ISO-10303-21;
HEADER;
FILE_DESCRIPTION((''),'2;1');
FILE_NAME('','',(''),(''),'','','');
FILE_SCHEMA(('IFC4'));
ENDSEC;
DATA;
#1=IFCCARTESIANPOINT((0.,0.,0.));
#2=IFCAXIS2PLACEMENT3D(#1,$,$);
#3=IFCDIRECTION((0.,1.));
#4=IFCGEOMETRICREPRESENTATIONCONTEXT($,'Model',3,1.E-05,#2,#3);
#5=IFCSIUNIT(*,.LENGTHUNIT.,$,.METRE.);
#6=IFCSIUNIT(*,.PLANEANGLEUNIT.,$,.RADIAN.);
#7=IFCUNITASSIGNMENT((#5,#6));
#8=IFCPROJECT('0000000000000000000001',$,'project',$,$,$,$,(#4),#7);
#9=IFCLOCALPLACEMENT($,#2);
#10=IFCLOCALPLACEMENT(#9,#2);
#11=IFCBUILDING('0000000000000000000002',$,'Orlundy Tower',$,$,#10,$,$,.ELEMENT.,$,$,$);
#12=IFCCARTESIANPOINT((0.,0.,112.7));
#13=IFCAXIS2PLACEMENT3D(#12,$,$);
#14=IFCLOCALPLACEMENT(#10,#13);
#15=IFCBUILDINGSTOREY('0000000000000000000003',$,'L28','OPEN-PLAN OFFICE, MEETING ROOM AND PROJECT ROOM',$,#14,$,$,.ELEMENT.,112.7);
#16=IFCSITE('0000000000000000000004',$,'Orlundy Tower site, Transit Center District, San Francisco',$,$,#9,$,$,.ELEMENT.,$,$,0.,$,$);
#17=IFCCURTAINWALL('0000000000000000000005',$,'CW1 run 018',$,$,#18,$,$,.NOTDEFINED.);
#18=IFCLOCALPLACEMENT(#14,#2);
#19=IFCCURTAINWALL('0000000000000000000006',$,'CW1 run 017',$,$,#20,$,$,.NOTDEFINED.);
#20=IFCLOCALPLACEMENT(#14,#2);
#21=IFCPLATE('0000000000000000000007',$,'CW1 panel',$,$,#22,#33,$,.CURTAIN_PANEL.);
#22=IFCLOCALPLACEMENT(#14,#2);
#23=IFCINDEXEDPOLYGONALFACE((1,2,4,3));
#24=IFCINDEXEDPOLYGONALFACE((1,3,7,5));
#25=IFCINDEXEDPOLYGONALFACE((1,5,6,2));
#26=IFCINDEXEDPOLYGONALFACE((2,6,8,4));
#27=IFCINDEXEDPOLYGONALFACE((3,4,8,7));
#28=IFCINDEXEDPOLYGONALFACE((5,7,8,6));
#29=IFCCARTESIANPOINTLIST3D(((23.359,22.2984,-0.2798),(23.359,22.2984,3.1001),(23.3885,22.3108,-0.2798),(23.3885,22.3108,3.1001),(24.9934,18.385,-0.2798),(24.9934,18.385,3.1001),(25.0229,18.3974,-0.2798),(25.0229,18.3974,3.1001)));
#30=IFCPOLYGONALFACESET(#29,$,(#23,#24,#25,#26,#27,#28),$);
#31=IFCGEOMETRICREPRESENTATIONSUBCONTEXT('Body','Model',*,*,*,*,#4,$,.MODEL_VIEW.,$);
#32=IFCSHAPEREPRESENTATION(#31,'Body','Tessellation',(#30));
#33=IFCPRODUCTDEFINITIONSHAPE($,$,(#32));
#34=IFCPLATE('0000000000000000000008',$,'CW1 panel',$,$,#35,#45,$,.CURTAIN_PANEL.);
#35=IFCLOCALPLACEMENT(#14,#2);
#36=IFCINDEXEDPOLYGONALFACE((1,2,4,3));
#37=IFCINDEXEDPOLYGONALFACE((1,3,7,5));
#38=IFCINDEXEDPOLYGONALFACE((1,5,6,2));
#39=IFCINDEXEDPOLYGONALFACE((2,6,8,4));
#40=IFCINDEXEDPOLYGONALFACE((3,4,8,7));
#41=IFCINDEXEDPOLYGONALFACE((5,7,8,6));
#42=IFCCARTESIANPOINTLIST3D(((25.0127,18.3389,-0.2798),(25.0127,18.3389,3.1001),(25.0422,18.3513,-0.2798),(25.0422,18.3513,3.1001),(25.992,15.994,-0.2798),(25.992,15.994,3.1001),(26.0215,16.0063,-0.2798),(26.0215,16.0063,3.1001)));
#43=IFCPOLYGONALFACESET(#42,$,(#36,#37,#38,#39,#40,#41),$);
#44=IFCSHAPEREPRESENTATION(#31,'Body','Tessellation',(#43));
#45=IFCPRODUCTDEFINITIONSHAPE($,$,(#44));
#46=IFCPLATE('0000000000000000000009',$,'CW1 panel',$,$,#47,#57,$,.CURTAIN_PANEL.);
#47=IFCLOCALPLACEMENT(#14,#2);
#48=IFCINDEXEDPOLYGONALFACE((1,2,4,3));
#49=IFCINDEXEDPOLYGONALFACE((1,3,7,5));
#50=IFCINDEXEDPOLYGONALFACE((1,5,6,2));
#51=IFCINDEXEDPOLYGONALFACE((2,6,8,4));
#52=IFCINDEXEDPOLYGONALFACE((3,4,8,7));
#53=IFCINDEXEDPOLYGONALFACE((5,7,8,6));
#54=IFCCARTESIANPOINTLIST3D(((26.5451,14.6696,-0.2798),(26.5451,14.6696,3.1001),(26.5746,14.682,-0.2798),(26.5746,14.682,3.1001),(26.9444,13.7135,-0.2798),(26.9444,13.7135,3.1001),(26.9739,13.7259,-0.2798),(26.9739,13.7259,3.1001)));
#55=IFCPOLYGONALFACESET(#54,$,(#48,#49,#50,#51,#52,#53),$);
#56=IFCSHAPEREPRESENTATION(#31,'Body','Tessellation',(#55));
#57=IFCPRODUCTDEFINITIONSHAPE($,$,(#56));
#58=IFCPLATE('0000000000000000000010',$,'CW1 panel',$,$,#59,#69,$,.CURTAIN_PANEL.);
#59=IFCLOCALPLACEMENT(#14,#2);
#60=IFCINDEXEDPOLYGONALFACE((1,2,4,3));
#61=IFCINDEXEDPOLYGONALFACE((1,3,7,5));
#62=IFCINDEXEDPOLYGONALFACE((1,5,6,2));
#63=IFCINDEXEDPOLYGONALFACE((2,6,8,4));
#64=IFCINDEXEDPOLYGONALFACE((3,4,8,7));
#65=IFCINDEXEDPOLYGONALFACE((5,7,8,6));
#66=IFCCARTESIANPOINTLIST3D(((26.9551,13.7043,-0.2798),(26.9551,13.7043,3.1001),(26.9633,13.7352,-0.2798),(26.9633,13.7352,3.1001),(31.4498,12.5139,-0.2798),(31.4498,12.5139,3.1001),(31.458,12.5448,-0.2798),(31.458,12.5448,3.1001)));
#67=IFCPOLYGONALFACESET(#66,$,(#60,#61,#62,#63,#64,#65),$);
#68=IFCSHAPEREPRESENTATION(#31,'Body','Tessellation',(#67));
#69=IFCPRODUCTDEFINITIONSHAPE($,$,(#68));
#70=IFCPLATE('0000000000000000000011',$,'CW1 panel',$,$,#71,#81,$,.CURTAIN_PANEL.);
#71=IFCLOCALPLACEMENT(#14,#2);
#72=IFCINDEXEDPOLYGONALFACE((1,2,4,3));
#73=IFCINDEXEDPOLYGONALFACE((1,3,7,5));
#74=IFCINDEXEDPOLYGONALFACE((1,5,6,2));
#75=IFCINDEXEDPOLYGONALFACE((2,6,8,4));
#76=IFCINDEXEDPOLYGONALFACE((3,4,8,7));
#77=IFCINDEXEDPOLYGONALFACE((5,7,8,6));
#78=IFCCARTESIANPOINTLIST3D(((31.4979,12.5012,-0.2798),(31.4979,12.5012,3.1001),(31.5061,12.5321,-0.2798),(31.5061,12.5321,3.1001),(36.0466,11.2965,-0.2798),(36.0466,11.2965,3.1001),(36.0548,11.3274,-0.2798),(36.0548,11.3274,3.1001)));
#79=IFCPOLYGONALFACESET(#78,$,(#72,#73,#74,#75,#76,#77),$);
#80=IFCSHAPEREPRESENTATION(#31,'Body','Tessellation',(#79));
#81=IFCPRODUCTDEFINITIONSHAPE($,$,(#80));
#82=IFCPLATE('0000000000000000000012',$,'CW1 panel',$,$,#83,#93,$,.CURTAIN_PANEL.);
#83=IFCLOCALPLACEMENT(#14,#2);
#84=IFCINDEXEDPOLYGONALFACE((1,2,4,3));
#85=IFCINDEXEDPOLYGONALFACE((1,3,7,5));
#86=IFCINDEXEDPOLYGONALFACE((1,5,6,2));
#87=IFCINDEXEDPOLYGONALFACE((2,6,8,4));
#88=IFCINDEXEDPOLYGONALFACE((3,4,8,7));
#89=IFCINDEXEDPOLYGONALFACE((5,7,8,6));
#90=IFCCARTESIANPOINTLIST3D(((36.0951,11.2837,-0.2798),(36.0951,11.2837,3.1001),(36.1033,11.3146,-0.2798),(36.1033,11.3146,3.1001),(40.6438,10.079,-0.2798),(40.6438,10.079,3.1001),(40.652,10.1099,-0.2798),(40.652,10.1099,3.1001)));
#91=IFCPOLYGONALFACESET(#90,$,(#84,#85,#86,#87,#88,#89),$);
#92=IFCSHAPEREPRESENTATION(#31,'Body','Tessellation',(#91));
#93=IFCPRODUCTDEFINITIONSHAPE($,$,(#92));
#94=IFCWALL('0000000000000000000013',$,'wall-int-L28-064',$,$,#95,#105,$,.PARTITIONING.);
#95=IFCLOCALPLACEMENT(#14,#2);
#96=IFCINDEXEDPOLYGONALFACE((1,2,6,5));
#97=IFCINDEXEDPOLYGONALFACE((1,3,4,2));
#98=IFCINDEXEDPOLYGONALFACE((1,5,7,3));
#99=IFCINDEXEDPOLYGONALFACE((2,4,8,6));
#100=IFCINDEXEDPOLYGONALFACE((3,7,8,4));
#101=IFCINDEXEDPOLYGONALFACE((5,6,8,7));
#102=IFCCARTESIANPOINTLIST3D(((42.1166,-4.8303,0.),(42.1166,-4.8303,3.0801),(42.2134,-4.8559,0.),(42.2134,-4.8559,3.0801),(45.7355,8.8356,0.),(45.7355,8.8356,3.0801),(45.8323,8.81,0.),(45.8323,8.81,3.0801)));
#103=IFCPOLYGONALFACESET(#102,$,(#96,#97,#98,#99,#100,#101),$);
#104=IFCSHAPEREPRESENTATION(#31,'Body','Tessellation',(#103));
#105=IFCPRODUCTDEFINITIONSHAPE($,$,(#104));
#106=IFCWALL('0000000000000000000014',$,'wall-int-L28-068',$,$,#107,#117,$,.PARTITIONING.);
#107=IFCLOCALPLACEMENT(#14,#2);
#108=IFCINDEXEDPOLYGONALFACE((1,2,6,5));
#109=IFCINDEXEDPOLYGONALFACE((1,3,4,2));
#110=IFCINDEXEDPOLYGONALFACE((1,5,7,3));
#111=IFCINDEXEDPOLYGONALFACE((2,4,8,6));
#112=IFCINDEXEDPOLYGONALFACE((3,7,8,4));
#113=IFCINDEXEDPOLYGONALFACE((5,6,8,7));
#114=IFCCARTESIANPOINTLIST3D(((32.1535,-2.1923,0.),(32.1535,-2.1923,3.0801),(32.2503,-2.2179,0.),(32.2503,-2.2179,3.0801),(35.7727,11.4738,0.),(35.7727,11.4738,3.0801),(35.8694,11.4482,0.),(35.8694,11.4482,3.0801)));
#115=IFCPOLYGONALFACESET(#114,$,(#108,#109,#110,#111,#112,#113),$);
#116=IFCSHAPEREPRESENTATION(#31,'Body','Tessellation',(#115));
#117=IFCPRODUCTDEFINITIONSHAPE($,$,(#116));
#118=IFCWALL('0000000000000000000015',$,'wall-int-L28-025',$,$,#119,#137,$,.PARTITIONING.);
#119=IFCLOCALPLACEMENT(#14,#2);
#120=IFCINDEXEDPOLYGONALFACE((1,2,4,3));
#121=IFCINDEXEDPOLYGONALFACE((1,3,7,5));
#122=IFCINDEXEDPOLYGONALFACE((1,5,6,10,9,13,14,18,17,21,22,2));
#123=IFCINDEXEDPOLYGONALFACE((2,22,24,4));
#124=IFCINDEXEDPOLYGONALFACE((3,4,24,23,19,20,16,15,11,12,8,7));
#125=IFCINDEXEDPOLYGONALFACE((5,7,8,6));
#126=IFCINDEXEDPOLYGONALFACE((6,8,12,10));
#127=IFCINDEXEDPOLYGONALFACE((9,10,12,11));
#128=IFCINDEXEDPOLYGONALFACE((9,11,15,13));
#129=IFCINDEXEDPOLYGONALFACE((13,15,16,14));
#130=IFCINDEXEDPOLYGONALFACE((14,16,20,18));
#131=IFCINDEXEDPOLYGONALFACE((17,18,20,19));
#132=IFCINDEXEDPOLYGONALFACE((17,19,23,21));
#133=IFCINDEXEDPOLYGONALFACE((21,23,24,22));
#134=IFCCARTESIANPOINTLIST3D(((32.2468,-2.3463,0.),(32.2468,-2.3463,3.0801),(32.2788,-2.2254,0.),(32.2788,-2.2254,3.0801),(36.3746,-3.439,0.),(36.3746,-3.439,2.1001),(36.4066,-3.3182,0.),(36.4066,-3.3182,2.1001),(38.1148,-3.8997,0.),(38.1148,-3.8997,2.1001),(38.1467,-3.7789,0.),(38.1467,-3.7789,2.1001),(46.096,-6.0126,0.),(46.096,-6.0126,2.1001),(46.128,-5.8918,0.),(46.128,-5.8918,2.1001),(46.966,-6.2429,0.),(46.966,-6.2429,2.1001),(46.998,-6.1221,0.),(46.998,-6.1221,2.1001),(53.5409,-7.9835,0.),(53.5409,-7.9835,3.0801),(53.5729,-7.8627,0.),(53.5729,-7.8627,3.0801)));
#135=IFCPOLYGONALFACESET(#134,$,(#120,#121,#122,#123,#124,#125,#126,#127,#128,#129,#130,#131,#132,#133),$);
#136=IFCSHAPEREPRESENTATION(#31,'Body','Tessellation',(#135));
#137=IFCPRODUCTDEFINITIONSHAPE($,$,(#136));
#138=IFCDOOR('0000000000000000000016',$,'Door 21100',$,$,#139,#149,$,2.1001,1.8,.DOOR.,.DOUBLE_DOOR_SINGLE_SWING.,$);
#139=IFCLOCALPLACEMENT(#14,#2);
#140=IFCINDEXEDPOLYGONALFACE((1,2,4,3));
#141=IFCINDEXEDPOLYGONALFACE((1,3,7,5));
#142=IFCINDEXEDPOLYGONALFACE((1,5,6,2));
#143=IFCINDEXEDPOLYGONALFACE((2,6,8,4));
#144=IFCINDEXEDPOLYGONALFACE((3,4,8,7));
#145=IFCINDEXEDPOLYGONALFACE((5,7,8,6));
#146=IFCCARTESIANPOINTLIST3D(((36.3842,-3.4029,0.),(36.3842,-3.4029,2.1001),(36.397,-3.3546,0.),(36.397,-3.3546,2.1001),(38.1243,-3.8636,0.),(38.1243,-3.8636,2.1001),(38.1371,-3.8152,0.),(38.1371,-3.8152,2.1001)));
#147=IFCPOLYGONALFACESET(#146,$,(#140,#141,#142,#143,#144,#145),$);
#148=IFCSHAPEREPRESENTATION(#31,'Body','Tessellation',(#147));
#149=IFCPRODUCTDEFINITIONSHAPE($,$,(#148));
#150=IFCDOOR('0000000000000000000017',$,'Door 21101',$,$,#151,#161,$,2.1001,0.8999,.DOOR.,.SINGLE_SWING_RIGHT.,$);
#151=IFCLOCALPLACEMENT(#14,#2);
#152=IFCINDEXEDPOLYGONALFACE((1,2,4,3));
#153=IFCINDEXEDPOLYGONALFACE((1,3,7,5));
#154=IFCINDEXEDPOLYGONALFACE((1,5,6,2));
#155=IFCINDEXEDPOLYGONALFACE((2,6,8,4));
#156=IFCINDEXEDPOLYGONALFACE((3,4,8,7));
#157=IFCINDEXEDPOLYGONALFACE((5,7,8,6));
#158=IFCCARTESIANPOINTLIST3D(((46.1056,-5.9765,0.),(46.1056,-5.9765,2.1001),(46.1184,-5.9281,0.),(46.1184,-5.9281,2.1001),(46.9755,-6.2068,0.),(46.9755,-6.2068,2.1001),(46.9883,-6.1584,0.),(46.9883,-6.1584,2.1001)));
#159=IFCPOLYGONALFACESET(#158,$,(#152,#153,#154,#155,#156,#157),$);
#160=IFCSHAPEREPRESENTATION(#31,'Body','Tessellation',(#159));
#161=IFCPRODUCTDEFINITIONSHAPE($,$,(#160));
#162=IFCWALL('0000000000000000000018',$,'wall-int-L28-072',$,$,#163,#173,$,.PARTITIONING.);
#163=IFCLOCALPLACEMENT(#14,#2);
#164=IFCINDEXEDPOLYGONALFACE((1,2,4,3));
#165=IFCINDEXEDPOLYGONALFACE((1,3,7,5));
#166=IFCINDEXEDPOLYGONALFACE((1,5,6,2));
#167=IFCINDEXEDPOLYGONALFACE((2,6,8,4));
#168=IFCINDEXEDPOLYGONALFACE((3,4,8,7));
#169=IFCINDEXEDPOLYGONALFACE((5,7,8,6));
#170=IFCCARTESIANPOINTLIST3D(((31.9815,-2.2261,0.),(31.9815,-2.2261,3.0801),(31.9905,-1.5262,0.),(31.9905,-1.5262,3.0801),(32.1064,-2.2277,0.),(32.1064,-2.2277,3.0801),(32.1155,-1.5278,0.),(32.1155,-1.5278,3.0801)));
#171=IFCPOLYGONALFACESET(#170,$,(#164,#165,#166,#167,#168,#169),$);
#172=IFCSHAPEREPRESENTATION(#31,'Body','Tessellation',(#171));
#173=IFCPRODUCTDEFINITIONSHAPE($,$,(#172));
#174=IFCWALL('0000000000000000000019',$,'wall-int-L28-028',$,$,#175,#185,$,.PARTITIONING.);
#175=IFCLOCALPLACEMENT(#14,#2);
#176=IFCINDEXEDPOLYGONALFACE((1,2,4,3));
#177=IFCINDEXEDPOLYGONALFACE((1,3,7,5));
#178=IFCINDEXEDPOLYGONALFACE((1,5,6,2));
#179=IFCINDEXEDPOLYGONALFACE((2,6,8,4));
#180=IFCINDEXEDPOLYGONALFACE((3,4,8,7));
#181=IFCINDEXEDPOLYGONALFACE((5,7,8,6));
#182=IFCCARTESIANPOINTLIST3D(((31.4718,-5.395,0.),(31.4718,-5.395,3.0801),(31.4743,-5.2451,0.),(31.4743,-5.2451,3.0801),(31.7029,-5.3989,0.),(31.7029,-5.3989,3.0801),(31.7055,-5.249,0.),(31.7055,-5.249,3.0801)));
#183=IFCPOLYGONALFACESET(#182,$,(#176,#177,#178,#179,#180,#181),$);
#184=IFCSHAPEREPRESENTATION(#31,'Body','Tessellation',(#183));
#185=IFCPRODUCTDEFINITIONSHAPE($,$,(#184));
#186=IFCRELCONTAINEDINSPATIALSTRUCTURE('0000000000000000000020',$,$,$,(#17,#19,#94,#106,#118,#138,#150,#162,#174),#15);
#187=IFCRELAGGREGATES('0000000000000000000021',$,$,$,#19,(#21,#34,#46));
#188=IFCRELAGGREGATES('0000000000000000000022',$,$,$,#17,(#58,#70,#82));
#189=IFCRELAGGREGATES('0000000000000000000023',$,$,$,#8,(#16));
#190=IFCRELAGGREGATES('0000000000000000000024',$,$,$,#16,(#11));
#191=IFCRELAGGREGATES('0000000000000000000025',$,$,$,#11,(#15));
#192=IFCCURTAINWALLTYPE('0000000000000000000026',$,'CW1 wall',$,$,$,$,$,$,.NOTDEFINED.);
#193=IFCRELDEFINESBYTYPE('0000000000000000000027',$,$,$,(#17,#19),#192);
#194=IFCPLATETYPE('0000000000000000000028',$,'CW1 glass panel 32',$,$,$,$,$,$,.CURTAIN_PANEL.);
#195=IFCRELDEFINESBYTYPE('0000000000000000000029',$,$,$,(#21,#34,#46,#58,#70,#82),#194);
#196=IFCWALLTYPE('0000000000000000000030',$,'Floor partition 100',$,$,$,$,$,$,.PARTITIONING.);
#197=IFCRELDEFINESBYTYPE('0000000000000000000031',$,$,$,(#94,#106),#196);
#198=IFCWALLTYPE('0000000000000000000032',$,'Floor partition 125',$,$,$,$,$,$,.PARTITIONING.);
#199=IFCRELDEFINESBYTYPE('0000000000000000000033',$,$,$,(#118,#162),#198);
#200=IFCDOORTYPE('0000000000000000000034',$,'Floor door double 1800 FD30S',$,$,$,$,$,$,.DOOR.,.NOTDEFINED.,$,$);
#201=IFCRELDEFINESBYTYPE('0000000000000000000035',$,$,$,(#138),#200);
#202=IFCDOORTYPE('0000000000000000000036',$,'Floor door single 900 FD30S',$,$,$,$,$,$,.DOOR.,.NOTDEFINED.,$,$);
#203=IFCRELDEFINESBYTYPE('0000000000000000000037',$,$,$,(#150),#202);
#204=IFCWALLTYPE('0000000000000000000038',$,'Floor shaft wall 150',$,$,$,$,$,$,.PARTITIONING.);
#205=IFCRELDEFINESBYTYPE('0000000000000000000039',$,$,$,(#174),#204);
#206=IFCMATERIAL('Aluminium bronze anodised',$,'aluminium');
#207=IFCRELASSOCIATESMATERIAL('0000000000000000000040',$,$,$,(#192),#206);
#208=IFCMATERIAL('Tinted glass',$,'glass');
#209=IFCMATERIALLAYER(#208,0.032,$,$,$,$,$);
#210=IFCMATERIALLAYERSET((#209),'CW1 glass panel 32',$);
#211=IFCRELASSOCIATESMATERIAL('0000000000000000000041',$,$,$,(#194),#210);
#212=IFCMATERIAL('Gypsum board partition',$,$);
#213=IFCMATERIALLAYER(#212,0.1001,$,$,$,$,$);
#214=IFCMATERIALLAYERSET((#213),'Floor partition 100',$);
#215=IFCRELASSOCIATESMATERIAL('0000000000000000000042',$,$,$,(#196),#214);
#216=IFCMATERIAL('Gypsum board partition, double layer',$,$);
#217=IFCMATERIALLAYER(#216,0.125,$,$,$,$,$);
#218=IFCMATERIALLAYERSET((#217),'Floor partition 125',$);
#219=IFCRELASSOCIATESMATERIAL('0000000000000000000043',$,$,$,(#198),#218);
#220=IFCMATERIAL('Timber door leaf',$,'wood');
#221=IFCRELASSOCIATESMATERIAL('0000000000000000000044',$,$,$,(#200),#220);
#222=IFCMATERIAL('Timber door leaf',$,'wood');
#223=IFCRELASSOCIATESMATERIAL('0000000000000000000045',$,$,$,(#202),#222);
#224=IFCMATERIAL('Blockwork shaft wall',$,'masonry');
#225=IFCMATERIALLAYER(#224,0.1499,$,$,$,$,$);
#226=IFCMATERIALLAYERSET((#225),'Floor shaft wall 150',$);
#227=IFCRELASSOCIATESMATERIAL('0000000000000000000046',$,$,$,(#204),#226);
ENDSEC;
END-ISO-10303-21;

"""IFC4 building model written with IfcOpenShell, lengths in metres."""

from ifc_helpers import new_model, si_unit, direction, frame, frame_2d, origin, origin_2d, place, context, subcontext, project, spatial, rectangle, extrude, material, layer, layer_set, type_object, element, fill, aggregate, save


model = new_model("IFC4")

# Units and contexts
model_context = context("Model", 3, precision=1e-05, world=origin(), true_north=direction((0.0, 1.0)))
body_context = subcontext(model_context, "Body", "Model", "MODEL_VIEW")
ifc_project = project(units=[si_unit("LENGTHUNIT", "METRE"), si_unit("PLANEANGLEUNIT", "RADIAN")], contexts=[model_context])

# Site, building, storey
site_placement = place(None, origin())
site = spatial("IfcSite", under=ifc_project, at=site_placement, Name="Orlundy Tower site, Transit Center District, San Francisco", CompositionType="ELEMENT", RefElevation=0.0)
building_placement = place(site_placement, origin())
building = spatial("IfcBuilding", under=site, at=building_placement, Name="Orlundy Tower", CompositionType="ELEMENT")
storey_placement = place(building_placement, frame((0.0, 0.0, 112.7)))
storey = spatial("IfcBuildingStorey", under=building, at=storey_placement, Name="L28", Description="OPEN-PLAN OFFICE, MEETING ROOM AND PROJECT ROOM", CompositionType="ELEMENT", Elevation=112.7)

# Curtain walls
ifc_material_1 = material(Name="Aluminium bronze anodised", Category="aluminium")
curtain_wall_type = type_object("IfcCurtainWallType", Name="CW1 wall", PredefinedType="NOTDEFINED", material=ifc_material_1)
curtain_wall_1_placement = place(storey_placement, origin())
curtain_wall_1 = element("IfcCurtainWall", 1, at=curtain_wall_1_placement, inside=storey, type_object=curtain_wall_type, Name="CW1 run 018", PredefinedType="NOTDEFINED")
curtain_wall_2_placement = place(storey_placement, origin())
curtain_wall_2 = element("IfcCurtainWall", 2, at=curtain_wall_2_placement, inside=storey, type_object=curtain_wall_type, Name="CW1 run 017", PredefinedType="NOTDEFINED")

# Plates
ifc_material_2 = material(Name="Tinted glass", Category="glass")
ifc_layer_1 = layer(ifc_material_2, 0.032)
ifc_layer_set_1 = layer_set([ifc_layer_1], Name="CW1 glass panel 32")
plate_type = type_object("IfcPlateType", Name="CW1 glass panel 32", PredefinedType="CURTAIN_PANEL", material=ifc_layer_set_1)
plate_1_placement = place(storey_placement, frame((24.1909, 20.3479, -0.2798), z_axis=(0.0, 0.0, 1.0), x_axis=(0.385378, -0.922759, 0.0)))
plate_1 = element("IfcPlate", 3, at=plate_1_placement, type_object=plate_type, Name="CW1 panel", PredefinedType="CURTAIN_PANEL", context=body_context, shape_type="SweptSolid", body=[
    extrude(rectangle(XDim=4.241, YDim=0.032, at=origin_2d()), origin(), (0.0, 0.0, 1.0), 3.3799),
])
plate_2_placement = place(storey_placement, frame((25.5171, 17.1726, -0.2798), z_axis=(0.0, 0.0, 1.0), x_axis=(0.385378, -0.922759, 0.0)))
plate_2 = element("IfcPlate", 4, at=plate_2_placement, type_object=plate_type, Name="CW1 panel", PredefinedType="CURTAIN_PANEL", context=body_context, shape_type="SweptSolid", body=[
    extrude(rectangle(XDim=2.5413, YDim=0.032, at=origin_2d()), origin(), (0.0, 0.0, 1.0), 3.3799),
])
plate_3_placement = place(storey_placement, frame((26.7595, 14.1978, -0.2798), z_axis=(0.0, 0.0, 1.0), x_axis=(0.385378, -0.922759, 0.0)))
plate_3 = element("IfcPlate", 5, at=plate_3_placement, type_object=plate_type, Name="CW1 panel", PredefinedType="CURTAIN_PANEL", context=body_context, shape_type="SweptSolid", body=[
    extrude(rectangle(XDim=1.0361, YDim=0.032, at=origin_2d()), origin(), (0.0, 0.0, 1.0), 3.3799),
])
aggregate(curtain_wall_2, [plate_1, plate_2, plate_3])
plate_4_placement = place(storey_placement, frame((29.2065, 13.1245, -0.2798), z_axis=(0.0, 0.0, 1.0), x_axis=(0.966672, -0.25602, 0.0)))
plate_4 = element("IfcPlate", 6, at=plate_4_placement, type_object=plate_type, Name="CW1 panel", PredefinedType="CURTAIN_PANEL", context=body_context, shape_type="SweptSolid", body=[
    extrude(rectangle(XDim=4.6497, YDim=0.032, at=origin_2d()), origin(), (0.0, 0.0, 1.0), 3.3799),
])
plate_5_placement = place(storey_placement, frame((33.7764, 11.9143, -0.2798), z_axis=(0.0, 0.0, 1.0), x_axis=(0.966672, -0.25602, 0.0)))
plate_5 = element("IfcPlate", 7, at=plate_5_placement, type_object=plate_type, Name="CW1 panel", PredefinedType="CURTAIN_PANEL", context=body_context, shape_type="SweptSolid", body=[
    extrude(rectangle(XDim=4.7056, YDim=0.032, at=origin_2d()), origin(), (0.0, 0.0, 1.0), 3.3799),
])
plate_6_placement = place(storey_placement, frame((38.3735, 10.6968, -0.2798), z_axis=(0.0, 0.0, 1.0), x_axis=(0.966672, -0.25602, 0.0)))
plate_6 = element("IfcPlate", 8, at=plate_6_placement, type_object=plate_type, Name="CW1 panel", PredefinedType="CURTAIN_PANEL", context=body_context, shape_type="SweptSolid", body=[
    extrude(rectangle(XDim=4.7056, YDim=0.032, at=origin_2d()), origin(), (0.0, 0.0, 1.0), 3.3799),
])
aggregate(curtain_wall_1, [plate_4, plate_5, plate_6])

# Walls
ifc_material_3 = material(Name="Gypsum board partition")
ifc_layer_2 = layer(ifc_material_3, 0.1001)
ifc_layer_set_2 = layer_set([ifc_layer_2], Name="Floor partition 100")
wall_type_1 = type_object("IfcWallType", Name="Floor partition 100", PredefinedType="PARTITIONING", material=ifc_layer_set_2)
wall_1_placement = place(storey_placement, frame((42.165, -4.843, 0.0), z_axis=(0.0, 0.0, 1.0), x_axis=(0.255987, 0.96668, 0.0)))
element("IfcWall", 9, at=wall_1_placement, inside=storey, type_object=wall_type_1, Name="wall-int-L28-064", PredefinedType="PARTITIONING", context=body_context, shape_type="SweptSolid", body=[
    extrude(rectangle(XDim=14.137, YDim=0.1001, at=frame_2d((7.0684, 0.0))), origin(), (0.0, 0.0, 1.0), 3.0801),
])
wall_2_placement = place(storey_placement, frame((32.2019, -2.2051, 0.0), z_axis=(0.0, 0.0, 1.0), x_axis=(0.256003, 0.966676, 0.0)))
element("IfcWall", 10, at=wall_2_placement, inside=storey, type_object=wall_type_1, Name="wall-int-L28-068", PredefinedType="PARTITIONING", context=body_context, shape_type="SweptSolid", body=[
    extrude(rectangle(XDim=14.1372, YDim=0.1001, at=frame_2d((7.0686, 0.0))), origin(), (0.0, 0.0, 1.0), 3.0801),
])

# Wall, openings, doors
ifc_material_4 = material(Name="Gypsum board partition, double layer")
ifc_layer_3 = layer(ifc_material_4, 0.125)
ifc_layer_set_3 = layer_set([ifc_layer_3], Name="Floor partition 125")
wall_type_2 = type_object("IfcWallType", Name="Floor partition 125", PredefinedType="PARTITIONING", material=ifc_layer_set_3)
wall_3_placement = place(storey_placement, frame((32.2629, -2.2859, 0.0), z_axis=(0.0, 0.0, 1.0), x_axis=(0.966699, -0.255917, 0.0)))
wall_3 = element("IfcWall", 11, at=wall_3_placement, inside=storey, type_object=wall_type_2, Name="wall-int-L28-025", PredefinedType="PARTITIONING", context=body_context, shape_type="SweptSolid", body=[
    extrude(rectangle(XDim=22.0276, YDim=0.125, at=frame_2d((11.0137, 0.0))), origin(), (0.0, 0.0, 1.0), 3.0801),
])
opening_1_placement = place(wall_3_placement, frame((4.27, 0.0, 0.0)))
opening_1 = element("IfcOpeningElement", 12, at=opening_1_placement, cuts=wall_3, PredefinedType="OPENING", context=body_context, shape_type="SweptSolid", body=[
    extrude(rectangle(XDim=1.8, YDim=2.1001, at=frame_2d((0.8999, 1.05))), frame((0.0, 0.0725, 0.0), z_axis=(0.0, -1.0, 0.0), x_axis=(1.0, 0.0, 0.0)), (0.0, 0.0, 1.0), 0.145),
])
opening_2_placement = place(wall_3_placement, frame((14.3262, 0.0, 0.0)))
opening_2 = element("IfcOpeningElement", 13, at=opening_2_placement, cuts=wall_3, PredefinedType="OPENING", context=body_context, shape_type="SweptSolid", body=[
    extrude(rectangle(XDim=0.8999, YDim=2.1001, at=frame_2d((0.45, 1.05))), frame((0.0, 0.0725, 0.0), z_axis=(0.0, -1.0, 0.0), x_axis=(1.0, 0.0, 0.0)), (0.0, 0.0, 1.0), 0.145),
])
ifc_material_5 = material(Name="Timber door leaf", Category="wood")
door_type_1 = type_object("IfcDoorType", Name="Floor door double 1800 FD30S", OperationType="NOTDEFINED", PredefinedType="DOOR", material=ifc_material_5)
door_1_placement = place(opening_1_placement, origin())
door_1 = element("IfcDoor", 14, at=door_1_placement, inside=storey, type_object=door_type_1, Name="Door 21100", OperationType="DOUBLE_DOOR_SINGLE_SWING", OverallHeight=2.1001, OverallWidth=1.8, PredefinedType="DOOR", context=body_context, shape_type="SweptSolid", body=[
    extrude(rectangle(XDim=1.8, YDim=2.1001, at=frame_2d((0.8999, 1.05))), frame((0.0, 0.0249, 0.0), z_axis=(0.0, -1.0, 0.0), x_axis=(1.0, 0.0, 0.0)), (0.0, 0.0, 1.0), 0.05),
])
fill(opening_1, door_1)
ifc_material_6 = material(Name="Timber door leaf", Category="wood")
door_type_2 = type_object("IfcDoorType", Name="Floor door single 900 FD30S", OperationType="NOTDEFINED", PredefinedType="DOOR", material=ifc_material_6)
door_2_placement = place(opening_2_placement, origin())
door_2 = element("IfcDoor", 15, at=door_2_placement, inside=storey, type_object=door_type_2, Name="Door 21101", OperationType="SINGLE_SWING_RIGHT", OverallHeight=2.1001, OverallWidth=0.8999, PredefinedType="DOOR", context=body_context, shape_type="SweptSolid", body=[
    extrude(rectangle(XDim=0.8999, YDim=2.1001, at=frame_2d((0.45, 1.05))), frame((0.0, 0.0249, 0.0), z_axis=(0.0, -1.0, 0.0), x_axis=(1.0, 0.0, 0.0)), (0.0, 0.0, 1.0), 0.05),
])
fill(opening_2, door_2)

# Walls
wall_4_placement = place(storey_placement, frame((32.0439, -2.2271, 0.0), z_axis=(0.0, 0.0, 1.0), x_axis=(0.012904, 0.999917, 0.0)))
element("IfcWall", 16, at=wall_4_placement, inside=storey, type_object=wall_type_2, Name="wall-int-L28-072", PredefinedType="PARTITIONING", context=body_context, shape_type="SweptSolid", body=[
    extrude(rectangle(XDim=0.7, YDim=0.125, at=frame_2d((0.3501, 0.0))), origin(), (0.0, 0.0, 1.0), 3.0801),
])
ifc_material_7 = material(Name="Blockwork shaft wall", Category="masonry")
ifc_layer_4 = layer(ifc_material_7, 0.1499)
ifc_layer_set_4 = layer_set([ifc_layer_4], Name="Floor shaft wall 150")
wall_type_3 = type_object("IfcWallType", Name="Floor shaft wall 150", PredefinedType="PARTITIONING", material=ifc_layer_set_4)
wall_5_placement = place(storey_placement, frame((31.4729, -5.3201, 0.0), z_axis=(0.0, 0.0, 1.0), x_axis=(0.999857, -0.016893, 0.0)))
element("IfcWall", 17, at=wall_5_placement, inside=storey, type_object=wall_type_3, Name="wall-int-L28-028", PredefinedType="PARTITIONING", context=body_context, shape_type="SweptSolid", body=[
    extrude(rectangle(XDim=0.2312, YDim=0.1499, at=frame_2d((0.1157, 0.0))), origin(), (0.0, 0.0, 1.0), 3.0801),
])

save(model, "model.ifc")
